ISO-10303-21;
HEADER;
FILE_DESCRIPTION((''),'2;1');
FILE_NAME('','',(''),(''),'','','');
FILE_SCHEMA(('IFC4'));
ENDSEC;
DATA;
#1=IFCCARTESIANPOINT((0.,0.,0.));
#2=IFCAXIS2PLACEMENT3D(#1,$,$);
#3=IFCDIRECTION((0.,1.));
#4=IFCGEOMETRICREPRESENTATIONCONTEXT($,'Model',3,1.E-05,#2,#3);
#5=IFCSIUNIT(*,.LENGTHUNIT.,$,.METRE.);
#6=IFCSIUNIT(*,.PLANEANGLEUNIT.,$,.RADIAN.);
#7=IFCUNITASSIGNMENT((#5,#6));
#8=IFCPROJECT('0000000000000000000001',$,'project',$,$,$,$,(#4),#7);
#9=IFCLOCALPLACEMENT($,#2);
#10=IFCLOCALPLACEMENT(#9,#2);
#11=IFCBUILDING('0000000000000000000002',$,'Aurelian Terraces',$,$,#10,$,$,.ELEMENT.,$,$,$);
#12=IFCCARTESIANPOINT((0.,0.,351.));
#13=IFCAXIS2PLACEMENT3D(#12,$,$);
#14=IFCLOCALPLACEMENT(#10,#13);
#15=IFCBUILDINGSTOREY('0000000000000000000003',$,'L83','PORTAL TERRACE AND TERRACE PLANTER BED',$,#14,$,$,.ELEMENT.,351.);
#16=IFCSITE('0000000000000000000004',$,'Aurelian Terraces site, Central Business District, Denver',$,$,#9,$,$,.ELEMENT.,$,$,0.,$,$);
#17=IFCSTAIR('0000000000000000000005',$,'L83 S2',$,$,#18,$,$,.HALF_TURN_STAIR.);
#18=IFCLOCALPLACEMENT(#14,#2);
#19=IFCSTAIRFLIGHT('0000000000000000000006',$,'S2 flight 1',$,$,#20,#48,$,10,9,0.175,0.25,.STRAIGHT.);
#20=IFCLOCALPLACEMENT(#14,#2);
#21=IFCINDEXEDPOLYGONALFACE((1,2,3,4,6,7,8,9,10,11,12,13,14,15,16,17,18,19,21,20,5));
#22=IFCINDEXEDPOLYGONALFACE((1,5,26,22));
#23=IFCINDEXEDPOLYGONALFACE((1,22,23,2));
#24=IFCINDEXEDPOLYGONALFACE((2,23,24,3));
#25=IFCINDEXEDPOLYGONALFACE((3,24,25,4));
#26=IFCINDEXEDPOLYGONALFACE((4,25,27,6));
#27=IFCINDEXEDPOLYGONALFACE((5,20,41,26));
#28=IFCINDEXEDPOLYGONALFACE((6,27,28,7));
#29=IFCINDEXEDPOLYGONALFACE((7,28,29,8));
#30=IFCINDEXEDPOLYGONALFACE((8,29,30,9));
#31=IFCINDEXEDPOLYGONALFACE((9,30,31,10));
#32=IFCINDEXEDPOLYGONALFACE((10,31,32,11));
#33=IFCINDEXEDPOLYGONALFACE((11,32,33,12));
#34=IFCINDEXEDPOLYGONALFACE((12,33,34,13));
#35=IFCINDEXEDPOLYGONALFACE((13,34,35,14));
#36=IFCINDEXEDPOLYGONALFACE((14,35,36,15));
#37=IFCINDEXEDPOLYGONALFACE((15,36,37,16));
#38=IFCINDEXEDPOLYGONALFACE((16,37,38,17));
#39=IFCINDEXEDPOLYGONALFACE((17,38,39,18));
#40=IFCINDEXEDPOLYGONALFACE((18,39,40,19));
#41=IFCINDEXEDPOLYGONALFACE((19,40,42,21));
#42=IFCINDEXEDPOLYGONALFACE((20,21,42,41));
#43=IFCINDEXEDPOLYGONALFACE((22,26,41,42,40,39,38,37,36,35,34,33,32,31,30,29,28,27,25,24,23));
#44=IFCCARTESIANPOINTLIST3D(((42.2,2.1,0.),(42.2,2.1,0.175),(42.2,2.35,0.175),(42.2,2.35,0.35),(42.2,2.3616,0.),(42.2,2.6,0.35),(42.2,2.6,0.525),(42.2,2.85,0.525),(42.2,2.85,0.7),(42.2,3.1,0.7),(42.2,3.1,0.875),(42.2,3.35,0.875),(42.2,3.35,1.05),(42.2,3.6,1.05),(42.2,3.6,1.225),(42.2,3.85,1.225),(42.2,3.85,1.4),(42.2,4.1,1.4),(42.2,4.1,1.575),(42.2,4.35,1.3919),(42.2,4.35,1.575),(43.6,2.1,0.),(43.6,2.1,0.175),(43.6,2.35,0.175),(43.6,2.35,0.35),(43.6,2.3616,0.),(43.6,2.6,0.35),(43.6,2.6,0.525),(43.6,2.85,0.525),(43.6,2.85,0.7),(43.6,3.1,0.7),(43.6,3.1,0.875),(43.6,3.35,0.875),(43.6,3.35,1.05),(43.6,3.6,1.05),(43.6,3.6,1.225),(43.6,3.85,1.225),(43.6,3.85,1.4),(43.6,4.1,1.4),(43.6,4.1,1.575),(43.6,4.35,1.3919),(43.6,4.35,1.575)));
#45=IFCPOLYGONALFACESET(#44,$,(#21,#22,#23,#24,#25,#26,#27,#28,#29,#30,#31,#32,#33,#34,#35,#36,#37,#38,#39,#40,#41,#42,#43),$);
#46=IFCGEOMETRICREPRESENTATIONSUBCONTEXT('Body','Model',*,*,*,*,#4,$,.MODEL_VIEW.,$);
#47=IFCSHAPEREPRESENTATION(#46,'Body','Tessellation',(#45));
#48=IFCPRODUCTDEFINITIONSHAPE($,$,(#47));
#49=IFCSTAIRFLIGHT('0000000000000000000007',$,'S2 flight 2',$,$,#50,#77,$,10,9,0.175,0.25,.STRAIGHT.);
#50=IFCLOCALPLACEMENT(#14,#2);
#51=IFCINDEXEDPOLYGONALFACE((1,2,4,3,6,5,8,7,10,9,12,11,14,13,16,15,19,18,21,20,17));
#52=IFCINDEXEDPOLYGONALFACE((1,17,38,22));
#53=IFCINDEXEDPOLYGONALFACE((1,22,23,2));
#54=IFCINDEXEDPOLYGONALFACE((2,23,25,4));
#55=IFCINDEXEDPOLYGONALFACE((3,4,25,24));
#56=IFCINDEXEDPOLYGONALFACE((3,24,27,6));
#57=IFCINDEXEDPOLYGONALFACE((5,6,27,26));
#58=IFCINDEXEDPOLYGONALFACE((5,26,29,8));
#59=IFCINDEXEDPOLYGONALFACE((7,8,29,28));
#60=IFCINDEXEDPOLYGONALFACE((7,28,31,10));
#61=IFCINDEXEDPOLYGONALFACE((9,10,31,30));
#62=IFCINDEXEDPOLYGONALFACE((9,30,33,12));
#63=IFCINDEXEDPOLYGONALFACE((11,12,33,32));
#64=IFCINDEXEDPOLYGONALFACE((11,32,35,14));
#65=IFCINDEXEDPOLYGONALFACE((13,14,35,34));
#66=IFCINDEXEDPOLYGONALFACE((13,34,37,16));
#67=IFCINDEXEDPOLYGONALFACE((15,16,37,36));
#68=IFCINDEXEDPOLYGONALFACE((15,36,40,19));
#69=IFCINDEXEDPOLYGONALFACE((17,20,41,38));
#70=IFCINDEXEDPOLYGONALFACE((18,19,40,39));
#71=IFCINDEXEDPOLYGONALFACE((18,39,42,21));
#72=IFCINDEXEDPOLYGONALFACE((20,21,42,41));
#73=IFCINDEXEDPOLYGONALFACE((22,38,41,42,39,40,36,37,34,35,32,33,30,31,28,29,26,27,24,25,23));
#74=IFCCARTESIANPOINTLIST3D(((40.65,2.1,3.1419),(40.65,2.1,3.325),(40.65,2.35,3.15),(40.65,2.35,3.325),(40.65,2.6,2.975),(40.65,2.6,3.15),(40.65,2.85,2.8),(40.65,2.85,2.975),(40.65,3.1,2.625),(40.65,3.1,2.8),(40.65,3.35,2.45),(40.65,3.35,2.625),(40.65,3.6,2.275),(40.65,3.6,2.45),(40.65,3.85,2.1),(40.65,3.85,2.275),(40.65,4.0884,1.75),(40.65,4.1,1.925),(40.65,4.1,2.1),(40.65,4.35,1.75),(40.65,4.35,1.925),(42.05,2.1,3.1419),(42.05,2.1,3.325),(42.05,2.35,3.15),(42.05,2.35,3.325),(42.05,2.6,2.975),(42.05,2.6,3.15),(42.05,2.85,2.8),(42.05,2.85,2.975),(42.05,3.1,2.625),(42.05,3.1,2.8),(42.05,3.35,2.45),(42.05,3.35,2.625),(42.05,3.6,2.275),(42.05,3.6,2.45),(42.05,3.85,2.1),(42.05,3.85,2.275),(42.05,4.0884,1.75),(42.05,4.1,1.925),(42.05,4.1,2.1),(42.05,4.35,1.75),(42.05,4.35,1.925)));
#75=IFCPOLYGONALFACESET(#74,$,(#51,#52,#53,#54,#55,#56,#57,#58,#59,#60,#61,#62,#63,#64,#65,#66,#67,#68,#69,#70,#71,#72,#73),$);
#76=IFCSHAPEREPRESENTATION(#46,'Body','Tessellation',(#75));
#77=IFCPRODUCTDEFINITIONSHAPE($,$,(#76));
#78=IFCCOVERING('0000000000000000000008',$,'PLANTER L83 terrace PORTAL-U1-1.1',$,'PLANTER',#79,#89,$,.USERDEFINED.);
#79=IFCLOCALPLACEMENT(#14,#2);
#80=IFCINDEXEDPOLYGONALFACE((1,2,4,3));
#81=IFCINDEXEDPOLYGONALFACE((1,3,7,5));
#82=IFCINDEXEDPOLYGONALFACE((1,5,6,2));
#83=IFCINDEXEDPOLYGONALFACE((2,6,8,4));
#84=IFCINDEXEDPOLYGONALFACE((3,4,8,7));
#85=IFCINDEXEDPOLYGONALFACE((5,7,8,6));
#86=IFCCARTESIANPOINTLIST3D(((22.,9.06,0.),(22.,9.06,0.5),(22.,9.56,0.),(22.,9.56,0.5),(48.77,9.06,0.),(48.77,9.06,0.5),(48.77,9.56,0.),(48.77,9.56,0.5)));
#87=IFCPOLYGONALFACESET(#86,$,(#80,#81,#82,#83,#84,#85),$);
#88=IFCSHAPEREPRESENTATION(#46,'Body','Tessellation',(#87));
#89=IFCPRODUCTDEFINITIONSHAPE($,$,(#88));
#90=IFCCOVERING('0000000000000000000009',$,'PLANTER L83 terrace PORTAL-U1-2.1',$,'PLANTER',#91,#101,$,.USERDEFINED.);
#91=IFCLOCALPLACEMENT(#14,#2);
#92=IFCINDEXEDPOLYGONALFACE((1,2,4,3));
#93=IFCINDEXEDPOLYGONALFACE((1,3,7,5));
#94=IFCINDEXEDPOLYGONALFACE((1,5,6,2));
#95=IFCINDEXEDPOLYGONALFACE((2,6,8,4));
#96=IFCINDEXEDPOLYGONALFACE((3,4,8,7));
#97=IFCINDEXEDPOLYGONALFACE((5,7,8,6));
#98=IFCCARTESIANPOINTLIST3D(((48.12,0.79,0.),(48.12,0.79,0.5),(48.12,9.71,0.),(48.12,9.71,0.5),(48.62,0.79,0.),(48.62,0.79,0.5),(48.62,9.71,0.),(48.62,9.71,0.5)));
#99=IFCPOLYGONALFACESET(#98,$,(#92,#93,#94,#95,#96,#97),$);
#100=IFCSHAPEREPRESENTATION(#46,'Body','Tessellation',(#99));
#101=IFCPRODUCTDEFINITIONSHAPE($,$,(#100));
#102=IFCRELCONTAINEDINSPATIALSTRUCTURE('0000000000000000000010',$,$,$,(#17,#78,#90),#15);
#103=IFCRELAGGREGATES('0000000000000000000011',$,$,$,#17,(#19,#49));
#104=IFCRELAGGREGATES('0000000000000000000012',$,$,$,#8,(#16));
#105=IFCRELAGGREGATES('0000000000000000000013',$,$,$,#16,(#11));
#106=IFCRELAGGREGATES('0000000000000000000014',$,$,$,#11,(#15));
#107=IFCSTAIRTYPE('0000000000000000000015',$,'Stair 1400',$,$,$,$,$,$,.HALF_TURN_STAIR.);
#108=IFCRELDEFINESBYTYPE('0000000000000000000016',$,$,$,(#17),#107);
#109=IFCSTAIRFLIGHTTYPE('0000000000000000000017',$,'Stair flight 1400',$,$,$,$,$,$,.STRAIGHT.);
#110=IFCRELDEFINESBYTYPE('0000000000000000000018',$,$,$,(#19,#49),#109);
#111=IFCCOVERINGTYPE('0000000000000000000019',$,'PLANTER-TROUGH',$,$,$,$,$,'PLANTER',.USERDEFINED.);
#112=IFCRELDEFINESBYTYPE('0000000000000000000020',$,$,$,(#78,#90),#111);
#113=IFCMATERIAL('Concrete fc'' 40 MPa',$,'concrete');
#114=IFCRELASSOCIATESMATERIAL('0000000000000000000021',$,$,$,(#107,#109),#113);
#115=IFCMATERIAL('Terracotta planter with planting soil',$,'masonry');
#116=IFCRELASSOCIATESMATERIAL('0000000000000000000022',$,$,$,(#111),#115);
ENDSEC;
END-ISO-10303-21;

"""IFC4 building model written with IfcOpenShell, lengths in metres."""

from ifc_helpers import new_model, si_unit, direction, frame, origin, origin_2d, place, context, subcontext, project, spatial, polyline, rectangle, outline, extrude, source, transform, mapped, material, type_object, element, aggregate, save


model = new_model("IFC4")

# Units and contexts
model_context = context("Model", 3, precision=1e-05, world=origin(), true_north=direction((0.0, 1.0)))
body_context = subcontext(model_context, "Body", "Model", "MODEL_VIEW")
ifc_project = project(units=[si_unit("LENGTHUNIT", "METRE"), si_unit("PLANEANGLEUNIT", "RADIAN")], contexts=[model_context])

# Site, building, storey
site_placement = place(None, origin())
site = spatial("IfcSite", under=ifc_project, at=site_placement, Name="Aurelian Terraces site, Central Business District, Denver", CompositionType="ELEMENT", RefElevation=0.0)
building_placement = place(site_placement, origin())
building = spatial("IfcBuilding", under=site, at=building_placement, Name="Aurelian Terraces", CompositionType="ELEMENT")
storey_placement = place(building_placement, frame((0.0, 0.0, 351.0)))
storey = spatial("IfcBuildingStorey", under=building, at=storey_placement, Name="L83", Description="PORTAL TERRACE AND TERRACE PLANTER BED", CompositionType="ELEMENT", Elevation=351.0)

# Shared definitions
ifc_material_1 = material(Name="Concrete fc' 40 MPa", Category="concrete")

# Stair, stair flights
stair_type = type_object("IfcStairType", Name="Stair 1400", PredefinedType="HALF_TURN_STAIR", material=ifc_material_1)
stair_placement = place(storey_placement, origin())
stair = element("IfcStair", 1, at=stair_placement, inside=storey, type_object=stair_type, Name="L83 S2", PredefinedType="HALF_TURN_STAIR")
stair_flight_type = type_object("IfcStairFlightType", Name="Stair flight 1400", PredefinedType="STRAIGHT", material=ifc_material_1)
shared_shape_1 = source(origin(), body_context, "Body", "SweptSolid", [
    extrude(outline(polyline([(0.0, 0.0), (0.0, 0.175), (0.25, 0.175), (0.25, 0.35), (0.5, 0.35), (0.5, 0.525), (0.75, 0.525), (0.75, 0.7), (1.0, 0.7), (1.0, 0.875), (1.25, 0.875), (1.25, 1.05), (1.5, 1.05), (1.5, 1.225), (1.75, 1.225), (1.75, 1.4), (2.0, 1.4), (2.0, 1.575), (2.25, 1.575), (2.25, 1.75), (2.25, 1.3919), (0.2616, 0.0), (0.0, 0.0)])), frame((0.0, 0.7, 0.0), z_axis=(0.0, -1.0, 0.0), x_axis=(1.0, 0.0, 0.0)), (0.0, 0.0, 1.0), 1.4),
])
stair_flight_1_placement = place(storey_placement, frame((42.9, 2.1, 0.0), z_axis=(0.0, 0.0, 1.0), x_axis=(0.0, 1.0, 0.0)))
stair_flight_1 = element("IfcStairFlight", 2, at=stair_flight_1_placement, type_object=stair_flight_type, Name="S2 flight 1", NumberOfRisers=10, NumberOfTreads=9, PredefinedType="STRAIGHT", RiserHeight=0.175, TreadLength=0.25, context=body_context, shape_type="MappedRepresentation", body=[
    mapped(shared_shape_1, transform((0.0, 0.0, 0.0), scale=1.0)),
])
stair_flight_2_placement = place(storey_placement, frame((41.35, 4.35, 1.75), z_axis=(0.0, 0.0, 1.0), x_axis=(0.0, -1.0, 0.0)))
stair_flight_2 = element("IfcStairFlight", 3, at=stair_flight_2_placement, type_object=stair_flight_type, Name="S2 flight 2", NumberOfRisers=10, NumberOfTreads=9, PredefinedType="STRAIGHT", RiserHeight=0.175, TreadLength=0.25, context=body_context, shape_type="MappedRepresentation", body=[
    mapped(shared_shape_1, transform((0.0, 0.0, 0.0), scale=1.0)),
])
aggregate(stair, [stair_flight_1, stair_flight_2])

# Covering
ifc_material_2 = material(Name="Terracotta planter with planting soil", Category="masonry")
covering_type = type_object("IfcCoveringType", Name="PLANTER-TROUGH", ElementType="PLANTER", PredefinedType="USERDEFINED", material=ifc_material_2)
covering_1_placement = place(storey_placement, frame((35.385, 9.31, 0.0), z_axis=(0.0, 0.0, 1.0), x_axis=(1.0, 0.0, 0.0)))
element("IfcCovering", 4, at=covering_1_placement, inside=storey, type_object=covering_type, Name="PLANTER L83 terrace PORTAL-U1-1.1", ObjectType="PLANTER", PredefinedType="USERDEFINED", context=body_context, shape_type="SweptSolid", body=[
    extrude(rectangle(XDim=26.77, YDim=0.5, at=origin_2d()), origin(), (0.0, 0.0, 1.0), 0.5),
])

# Covering
shared_shape_2 = source(origin(), body_context, "Body", "SweptSolid", [
    extrude(rectangle(XDim=0.5, YDim=8.92, at=origin_2d()), origin(), (0.0, 0.0, 1.0), 0.5),
])
covering_2_placement = place(storey_placement, frame((48.37, 5.25, 0.0), z_axis=(0.0, 0.0, 1.0), x_axis=(1.0, 0.0, 0.0)))
element("IfcCovering", 5, at=covering_2_placement, inside=storey, type_object=covering_type, Name="PLANTER L83 terrace PORTAL-U1-2.1", ObjectType="PLANTER", PredefinedType="USERDEFINED", context=body_context, shape_type="MappedRepresentation", body=[
    mapped(shared_shape_2, transform((0.0, 0.0, 0.0), scale=1.0)),
])

save(model, "model.ifc")
